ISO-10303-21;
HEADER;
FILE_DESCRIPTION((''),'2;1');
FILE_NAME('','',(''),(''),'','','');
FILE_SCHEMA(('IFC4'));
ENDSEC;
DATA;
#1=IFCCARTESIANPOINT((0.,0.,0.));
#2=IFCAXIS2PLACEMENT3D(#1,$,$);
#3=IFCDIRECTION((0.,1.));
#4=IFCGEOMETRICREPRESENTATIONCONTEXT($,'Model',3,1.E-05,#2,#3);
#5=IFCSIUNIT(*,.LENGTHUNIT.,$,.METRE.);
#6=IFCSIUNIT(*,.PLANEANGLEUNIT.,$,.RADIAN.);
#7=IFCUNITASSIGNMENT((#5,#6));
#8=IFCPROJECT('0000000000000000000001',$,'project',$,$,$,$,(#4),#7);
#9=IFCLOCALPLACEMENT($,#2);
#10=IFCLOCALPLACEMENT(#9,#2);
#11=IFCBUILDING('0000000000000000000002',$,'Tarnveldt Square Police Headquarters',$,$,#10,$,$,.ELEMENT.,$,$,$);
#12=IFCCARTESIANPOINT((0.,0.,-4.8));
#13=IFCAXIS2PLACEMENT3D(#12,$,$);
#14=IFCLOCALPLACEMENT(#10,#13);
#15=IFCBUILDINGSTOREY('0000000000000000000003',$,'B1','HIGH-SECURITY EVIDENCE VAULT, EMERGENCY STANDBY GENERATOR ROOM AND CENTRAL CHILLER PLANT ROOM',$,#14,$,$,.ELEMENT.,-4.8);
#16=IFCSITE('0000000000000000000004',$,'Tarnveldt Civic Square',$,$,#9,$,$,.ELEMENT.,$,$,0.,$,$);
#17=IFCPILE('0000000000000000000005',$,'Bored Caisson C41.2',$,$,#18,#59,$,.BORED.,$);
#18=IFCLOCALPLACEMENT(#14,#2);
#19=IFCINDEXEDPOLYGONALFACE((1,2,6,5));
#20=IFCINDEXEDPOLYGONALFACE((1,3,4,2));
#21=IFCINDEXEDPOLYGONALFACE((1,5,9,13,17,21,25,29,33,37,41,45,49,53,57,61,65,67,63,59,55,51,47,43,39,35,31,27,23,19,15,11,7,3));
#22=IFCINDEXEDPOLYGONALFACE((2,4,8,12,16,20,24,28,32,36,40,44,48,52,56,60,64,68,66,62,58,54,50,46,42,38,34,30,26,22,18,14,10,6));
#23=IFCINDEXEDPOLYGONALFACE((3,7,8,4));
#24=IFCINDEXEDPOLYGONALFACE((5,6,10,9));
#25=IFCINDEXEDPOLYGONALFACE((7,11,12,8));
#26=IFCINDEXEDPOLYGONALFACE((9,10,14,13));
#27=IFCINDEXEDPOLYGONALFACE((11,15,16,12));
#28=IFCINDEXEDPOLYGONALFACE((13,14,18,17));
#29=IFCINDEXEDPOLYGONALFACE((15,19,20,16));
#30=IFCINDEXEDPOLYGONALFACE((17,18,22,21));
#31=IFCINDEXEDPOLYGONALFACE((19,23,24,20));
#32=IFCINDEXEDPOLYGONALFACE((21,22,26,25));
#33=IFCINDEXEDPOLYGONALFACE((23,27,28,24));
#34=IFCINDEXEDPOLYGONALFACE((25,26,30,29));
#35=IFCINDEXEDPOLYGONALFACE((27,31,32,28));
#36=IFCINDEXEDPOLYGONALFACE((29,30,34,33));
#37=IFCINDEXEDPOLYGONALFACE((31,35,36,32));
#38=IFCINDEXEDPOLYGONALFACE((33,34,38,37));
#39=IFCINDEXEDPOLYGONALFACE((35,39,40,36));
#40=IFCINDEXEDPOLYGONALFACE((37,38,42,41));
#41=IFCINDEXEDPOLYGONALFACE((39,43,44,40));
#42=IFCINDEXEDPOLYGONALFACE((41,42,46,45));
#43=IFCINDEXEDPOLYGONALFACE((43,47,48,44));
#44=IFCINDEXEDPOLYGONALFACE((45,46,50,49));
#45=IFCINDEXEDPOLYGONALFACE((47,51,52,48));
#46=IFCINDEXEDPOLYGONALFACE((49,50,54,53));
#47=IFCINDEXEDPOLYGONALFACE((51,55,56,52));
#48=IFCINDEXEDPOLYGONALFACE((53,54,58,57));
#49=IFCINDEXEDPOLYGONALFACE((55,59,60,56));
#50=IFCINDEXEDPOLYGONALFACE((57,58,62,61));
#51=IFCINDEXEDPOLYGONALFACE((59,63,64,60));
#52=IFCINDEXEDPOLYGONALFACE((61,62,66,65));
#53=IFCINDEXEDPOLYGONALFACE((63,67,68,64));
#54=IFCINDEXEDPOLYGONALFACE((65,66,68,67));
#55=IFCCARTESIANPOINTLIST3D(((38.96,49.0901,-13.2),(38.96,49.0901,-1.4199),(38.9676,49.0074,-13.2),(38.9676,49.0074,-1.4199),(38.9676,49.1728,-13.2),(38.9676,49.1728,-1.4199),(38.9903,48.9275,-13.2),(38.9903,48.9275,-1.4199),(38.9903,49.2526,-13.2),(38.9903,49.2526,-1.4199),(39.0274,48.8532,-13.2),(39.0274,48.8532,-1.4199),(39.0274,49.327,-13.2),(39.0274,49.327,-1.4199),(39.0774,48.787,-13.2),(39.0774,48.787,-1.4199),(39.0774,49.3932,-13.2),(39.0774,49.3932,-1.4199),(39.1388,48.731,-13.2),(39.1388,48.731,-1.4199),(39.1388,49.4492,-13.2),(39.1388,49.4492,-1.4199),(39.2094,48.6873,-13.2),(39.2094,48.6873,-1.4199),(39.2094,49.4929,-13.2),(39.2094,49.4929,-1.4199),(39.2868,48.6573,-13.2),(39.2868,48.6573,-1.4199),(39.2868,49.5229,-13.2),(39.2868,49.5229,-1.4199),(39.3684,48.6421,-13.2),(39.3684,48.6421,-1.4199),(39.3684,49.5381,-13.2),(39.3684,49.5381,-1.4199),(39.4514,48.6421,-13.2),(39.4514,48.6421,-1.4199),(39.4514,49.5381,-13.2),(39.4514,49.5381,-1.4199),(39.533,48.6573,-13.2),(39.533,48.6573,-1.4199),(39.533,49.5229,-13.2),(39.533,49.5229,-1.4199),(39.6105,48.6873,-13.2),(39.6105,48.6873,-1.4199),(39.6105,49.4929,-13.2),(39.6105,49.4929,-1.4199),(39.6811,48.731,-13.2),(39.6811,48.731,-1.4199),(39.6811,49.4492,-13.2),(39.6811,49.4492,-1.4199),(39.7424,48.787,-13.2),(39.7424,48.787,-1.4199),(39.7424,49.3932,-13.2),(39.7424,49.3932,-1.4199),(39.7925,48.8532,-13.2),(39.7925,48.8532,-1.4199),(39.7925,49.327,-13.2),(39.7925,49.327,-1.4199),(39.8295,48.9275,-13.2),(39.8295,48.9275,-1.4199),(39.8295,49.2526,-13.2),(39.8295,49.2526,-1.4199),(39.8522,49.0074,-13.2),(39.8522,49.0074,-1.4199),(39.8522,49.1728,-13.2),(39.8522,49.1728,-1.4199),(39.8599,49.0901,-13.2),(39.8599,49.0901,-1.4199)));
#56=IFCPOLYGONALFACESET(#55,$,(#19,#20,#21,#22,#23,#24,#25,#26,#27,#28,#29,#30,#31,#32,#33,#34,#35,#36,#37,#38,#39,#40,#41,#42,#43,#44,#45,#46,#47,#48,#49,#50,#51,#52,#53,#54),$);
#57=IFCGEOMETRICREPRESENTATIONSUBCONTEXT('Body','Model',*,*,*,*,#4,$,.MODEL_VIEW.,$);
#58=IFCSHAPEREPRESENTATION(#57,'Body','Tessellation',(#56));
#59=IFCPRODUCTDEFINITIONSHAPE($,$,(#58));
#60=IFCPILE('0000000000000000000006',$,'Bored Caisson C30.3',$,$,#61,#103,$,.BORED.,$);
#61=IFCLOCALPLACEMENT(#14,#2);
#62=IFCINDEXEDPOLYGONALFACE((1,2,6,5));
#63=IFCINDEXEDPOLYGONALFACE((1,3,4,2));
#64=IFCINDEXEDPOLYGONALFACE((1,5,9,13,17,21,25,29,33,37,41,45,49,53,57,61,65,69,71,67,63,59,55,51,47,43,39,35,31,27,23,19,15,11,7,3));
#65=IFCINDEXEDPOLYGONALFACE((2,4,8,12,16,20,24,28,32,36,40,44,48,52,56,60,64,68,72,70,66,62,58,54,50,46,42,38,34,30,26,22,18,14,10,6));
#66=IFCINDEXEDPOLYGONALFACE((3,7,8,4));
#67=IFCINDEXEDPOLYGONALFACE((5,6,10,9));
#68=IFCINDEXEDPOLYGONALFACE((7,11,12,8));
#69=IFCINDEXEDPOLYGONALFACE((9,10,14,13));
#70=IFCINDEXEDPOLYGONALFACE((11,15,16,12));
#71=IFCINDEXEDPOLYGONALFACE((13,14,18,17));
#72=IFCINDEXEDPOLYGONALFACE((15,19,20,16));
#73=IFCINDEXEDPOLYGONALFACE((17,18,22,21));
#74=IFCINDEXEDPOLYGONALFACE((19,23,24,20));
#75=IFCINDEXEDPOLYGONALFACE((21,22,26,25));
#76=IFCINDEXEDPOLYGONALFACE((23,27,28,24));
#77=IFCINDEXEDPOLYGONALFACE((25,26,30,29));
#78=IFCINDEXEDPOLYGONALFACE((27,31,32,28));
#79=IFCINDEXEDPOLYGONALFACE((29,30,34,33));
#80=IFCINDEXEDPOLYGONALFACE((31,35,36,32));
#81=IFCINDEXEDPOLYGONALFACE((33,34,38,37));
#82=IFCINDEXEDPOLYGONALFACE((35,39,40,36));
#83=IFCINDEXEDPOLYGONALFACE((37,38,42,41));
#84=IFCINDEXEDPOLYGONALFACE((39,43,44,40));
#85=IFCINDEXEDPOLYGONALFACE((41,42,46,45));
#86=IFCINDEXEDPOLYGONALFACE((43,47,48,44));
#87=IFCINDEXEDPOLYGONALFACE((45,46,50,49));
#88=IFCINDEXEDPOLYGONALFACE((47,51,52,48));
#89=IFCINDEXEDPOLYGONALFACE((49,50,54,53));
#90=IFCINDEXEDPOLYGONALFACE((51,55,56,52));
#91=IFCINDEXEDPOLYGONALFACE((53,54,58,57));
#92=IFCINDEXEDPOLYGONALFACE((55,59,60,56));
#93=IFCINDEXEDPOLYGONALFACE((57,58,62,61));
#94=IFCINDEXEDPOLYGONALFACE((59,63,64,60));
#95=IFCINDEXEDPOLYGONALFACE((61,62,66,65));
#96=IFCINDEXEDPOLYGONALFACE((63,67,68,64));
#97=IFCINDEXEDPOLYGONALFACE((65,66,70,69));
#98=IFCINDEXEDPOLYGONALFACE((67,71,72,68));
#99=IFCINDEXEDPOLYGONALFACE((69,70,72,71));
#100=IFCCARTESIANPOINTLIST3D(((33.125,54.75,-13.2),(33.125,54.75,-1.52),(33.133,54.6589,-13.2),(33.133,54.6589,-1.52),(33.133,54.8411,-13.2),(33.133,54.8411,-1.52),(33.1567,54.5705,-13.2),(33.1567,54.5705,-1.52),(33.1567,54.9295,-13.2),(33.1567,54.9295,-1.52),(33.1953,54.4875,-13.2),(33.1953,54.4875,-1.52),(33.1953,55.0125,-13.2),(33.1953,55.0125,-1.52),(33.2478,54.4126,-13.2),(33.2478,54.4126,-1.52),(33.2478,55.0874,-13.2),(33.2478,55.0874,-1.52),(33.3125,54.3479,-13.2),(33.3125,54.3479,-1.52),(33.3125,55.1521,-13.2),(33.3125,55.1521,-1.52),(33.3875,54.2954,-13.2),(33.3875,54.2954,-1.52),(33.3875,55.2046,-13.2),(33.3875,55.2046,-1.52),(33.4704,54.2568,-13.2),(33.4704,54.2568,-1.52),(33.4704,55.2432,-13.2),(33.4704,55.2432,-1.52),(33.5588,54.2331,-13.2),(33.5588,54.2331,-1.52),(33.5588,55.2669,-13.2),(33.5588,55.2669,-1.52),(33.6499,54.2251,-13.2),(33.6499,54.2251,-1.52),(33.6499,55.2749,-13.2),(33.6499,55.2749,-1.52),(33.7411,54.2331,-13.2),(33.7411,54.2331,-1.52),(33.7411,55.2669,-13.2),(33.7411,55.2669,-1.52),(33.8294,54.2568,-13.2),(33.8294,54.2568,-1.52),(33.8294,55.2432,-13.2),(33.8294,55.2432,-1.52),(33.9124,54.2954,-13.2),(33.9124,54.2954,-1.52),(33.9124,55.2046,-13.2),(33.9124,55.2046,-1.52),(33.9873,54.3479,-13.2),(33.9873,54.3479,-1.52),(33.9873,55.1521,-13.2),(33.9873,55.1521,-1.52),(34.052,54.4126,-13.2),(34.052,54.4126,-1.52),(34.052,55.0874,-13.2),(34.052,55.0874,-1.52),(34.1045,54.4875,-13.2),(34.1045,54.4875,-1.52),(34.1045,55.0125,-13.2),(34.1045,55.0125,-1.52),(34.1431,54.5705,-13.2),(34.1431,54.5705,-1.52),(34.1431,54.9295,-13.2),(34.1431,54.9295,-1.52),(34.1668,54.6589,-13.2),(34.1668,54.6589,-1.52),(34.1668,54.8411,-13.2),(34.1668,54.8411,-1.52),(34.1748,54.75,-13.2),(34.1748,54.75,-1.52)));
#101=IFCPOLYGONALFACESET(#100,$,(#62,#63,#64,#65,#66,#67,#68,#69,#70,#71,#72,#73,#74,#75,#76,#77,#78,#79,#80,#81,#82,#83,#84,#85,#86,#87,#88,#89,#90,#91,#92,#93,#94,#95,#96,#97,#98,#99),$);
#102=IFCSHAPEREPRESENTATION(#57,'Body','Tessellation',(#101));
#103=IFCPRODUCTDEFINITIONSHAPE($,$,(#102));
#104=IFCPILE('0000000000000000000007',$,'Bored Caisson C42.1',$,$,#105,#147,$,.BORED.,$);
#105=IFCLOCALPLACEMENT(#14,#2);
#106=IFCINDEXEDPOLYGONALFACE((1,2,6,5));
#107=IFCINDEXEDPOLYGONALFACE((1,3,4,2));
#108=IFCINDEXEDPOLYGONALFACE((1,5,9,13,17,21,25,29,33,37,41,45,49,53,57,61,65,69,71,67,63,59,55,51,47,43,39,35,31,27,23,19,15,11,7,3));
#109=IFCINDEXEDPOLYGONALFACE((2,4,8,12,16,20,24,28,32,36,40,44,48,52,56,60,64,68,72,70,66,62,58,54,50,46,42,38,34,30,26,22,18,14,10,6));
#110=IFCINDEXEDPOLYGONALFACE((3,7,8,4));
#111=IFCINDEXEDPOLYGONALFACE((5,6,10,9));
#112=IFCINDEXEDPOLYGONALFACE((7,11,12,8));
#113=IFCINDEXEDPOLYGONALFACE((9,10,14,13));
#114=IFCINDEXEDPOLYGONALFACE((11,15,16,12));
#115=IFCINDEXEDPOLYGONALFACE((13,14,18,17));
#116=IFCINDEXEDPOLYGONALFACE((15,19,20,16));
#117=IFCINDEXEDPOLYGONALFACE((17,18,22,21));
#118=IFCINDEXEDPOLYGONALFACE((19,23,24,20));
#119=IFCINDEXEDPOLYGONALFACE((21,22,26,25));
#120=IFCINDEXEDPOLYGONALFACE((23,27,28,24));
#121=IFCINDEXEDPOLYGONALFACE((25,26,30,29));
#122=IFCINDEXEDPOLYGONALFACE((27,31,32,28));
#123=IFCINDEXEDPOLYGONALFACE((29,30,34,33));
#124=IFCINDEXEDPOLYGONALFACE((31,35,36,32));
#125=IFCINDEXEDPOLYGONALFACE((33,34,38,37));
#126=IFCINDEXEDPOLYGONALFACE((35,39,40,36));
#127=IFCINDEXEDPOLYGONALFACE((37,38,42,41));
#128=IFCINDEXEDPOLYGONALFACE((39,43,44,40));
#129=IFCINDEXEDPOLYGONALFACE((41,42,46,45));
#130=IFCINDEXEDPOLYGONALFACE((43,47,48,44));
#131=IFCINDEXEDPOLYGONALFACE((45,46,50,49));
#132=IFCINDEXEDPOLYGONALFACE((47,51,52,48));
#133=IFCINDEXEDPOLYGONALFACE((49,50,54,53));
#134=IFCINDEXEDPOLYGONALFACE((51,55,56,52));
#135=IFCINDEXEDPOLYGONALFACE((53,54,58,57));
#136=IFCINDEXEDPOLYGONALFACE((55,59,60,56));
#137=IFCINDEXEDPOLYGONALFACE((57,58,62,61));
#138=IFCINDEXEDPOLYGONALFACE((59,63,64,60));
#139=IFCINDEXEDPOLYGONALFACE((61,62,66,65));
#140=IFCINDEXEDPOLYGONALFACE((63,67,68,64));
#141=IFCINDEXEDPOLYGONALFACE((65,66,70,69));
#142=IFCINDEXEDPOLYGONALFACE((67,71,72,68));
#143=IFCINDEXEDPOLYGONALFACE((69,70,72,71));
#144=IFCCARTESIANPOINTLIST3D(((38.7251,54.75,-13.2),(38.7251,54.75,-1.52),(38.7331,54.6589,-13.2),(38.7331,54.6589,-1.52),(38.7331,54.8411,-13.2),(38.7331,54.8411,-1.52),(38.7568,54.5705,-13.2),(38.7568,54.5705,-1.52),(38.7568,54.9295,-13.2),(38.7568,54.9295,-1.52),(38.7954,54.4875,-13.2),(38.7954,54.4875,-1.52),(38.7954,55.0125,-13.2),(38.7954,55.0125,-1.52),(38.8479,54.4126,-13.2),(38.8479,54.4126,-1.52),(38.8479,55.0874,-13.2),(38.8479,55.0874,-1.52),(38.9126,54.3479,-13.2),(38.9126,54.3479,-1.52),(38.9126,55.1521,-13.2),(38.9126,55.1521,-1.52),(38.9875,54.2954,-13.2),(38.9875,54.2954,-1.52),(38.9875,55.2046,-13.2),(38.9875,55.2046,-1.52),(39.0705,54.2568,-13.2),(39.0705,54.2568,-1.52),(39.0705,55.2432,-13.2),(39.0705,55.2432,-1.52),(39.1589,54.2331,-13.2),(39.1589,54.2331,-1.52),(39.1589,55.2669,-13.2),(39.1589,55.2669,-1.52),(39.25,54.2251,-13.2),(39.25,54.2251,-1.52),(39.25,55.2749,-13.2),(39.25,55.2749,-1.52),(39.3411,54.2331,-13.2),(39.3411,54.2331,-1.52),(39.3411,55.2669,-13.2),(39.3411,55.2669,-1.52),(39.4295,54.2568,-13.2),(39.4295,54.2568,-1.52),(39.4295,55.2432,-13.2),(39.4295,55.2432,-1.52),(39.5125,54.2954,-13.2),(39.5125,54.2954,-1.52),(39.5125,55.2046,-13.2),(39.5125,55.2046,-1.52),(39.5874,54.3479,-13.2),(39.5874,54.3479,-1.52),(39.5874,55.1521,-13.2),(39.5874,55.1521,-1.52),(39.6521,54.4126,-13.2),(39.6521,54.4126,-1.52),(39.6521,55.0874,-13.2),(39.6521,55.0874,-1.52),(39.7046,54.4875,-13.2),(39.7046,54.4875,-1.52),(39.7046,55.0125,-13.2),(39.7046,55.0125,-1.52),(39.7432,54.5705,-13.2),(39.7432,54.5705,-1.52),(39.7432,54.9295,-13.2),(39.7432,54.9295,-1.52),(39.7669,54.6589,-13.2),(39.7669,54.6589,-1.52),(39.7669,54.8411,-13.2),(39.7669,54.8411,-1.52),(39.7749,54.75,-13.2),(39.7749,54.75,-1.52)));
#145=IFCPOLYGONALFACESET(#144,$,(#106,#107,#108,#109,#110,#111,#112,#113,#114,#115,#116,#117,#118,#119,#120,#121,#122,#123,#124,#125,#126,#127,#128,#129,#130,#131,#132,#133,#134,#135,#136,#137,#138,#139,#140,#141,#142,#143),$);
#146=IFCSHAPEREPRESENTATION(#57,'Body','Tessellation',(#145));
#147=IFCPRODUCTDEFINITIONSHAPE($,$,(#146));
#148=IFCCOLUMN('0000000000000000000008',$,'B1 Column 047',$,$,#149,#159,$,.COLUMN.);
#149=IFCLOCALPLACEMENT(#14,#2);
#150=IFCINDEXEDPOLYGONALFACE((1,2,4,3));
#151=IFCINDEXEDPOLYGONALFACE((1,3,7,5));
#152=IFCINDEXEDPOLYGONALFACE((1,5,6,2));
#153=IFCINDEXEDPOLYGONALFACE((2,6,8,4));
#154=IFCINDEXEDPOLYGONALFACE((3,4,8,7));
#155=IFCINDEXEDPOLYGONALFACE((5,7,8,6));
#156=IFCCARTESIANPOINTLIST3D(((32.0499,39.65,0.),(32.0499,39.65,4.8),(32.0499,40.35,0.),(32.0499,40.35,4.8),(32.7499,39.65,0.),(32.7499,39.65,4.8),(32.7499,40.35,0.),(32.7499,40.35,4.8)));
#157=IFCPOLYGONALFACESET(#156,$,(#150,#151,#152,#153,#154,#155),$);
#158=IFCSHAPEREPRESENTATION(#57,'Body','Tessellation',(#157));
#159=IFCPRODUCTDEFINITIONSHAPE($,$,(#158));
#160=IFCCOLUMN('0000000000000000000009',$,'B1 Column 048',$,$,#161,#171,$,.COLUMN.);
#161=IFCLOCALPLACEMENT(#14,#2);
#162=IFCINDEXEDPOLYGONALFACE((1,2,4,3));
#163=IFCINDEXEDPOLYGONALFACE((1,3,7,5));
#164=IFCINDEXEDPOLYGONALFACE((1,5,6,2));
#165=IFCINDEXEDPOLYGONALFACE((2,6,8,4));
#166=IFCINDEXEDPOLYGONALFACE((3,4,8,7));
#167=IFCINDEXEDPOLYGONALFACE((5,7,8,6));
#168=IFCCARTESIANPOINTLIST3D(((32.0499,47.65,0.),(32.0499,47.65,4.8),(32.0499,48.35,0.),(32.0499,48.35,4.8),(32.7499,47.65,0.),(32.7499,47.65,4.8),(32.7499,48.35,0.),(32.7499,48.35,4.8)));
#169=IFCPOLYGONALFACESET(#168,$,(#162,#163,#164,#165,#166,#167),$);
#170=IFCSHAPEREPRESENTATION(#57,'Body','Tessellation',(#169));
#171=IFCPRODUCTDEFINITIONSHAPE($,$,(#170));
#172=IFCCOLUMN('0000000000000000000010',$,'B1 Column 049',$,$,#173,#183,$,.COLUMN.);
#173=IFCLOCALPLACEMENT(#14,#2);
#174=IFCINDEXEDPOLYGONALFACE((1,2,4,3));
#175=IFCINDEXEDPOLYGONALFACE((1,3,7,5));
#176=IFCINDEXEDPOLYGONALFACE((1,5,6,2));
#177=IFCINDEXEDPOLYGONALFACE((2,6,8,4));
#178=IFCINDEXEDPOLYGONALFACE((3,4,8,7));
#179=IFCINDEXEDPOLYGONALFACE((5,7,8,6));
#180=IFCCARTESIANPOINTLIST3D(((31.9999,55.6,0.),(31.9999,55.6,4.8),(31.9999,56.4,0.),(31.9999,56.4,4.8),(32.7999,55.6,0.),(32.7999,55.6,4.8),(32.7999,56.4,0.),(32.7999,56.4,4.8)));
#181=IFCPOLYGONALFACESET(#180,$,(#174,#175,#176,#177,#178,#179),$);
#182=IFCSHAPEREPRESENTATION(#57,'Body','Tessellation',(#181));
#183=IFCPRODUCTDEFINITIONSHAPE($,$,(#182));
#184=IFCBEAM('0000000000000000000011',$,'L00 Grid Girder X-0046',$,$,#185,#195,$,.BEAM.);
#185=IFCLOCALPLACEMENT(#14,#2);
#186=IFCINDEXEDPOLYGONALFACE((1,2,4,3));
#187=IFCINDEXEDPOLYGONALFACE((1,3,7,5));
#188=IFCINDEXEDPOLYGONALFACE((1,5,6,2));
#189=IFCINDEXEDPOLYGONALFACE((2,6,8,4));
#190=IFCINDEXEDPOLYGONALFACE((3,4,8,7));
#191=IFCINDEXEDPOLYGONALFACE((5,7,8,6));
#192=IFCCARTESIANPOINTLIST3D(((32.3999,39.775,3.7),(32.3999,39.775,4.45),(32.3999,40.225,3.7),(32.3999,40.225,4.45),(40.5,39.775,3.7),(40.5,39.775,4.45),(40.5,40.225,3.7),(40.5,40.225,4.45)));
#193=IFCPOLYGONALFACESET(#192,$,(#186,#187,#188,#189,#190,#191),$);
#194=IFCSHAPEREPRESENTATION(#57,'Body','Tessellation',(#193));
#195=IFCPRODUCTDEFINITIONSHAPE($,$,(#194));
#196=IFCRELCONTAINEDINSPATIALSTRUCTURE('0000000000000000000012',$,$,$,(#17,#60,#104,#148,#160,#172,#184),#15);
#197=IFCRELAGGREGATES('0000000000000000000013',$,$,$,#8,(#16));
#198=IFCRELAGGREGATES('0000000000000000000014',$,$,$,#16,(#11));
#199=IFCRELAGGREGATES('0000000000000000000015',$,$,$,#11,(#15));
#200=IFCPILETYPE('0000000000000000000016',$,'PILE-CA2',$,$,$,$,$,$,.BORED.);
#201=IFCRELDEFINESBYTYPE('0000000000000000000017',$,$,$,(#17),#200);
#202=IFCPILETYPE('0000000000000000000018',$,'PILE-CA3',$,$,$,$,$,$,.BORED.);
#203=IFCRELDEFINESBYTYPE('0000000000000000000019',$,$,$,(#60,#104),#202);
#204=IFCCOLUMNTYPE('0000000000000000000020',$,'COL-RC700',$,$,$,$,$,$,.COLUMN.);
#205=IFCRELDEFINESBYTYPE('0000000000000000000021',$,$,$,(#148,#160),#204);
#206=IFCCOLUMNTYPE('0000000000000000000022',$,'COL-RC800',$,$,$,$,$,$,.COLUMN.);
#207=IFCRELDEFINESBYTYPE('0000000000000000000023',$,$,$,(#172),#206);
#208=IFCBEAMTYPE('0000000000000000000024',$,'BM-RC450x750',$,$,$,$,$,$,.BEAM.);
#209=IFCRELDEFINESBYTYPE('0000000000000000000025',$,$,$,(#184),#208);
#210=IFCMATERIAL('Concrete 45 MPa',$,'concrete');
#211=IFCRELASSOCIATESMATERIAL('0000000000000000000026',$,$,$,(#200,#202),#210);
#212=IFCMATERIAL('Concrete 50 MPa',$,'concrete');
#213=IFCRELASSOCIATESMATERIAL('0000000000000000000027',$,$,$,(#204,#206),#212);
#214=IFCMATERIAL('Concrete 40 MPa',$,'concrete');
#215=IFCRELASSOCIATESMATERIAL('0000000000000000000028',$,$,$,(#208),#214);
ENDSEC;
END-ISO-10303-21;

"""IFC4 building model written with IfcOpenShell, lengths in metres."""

from ifc_helpers import new_model, si_unit, direction, frame, origin, origin_2d, place, context, subcontext, project, spatial, rectangle, circle, extrude, material, material_profile, profile_set, type_object, element, save


model = new_model("IFC4")

# Units and contexts
model_context = context("Model", 3, precision=1e-05, world=origin(), true_north=direction((0.0, 1.0)))
body_context = subcontext(model_context, "Body", "Model", "MODEL_VIEW")
ifc_project = project(units=[si_unit("LENGTHUNIT", "METRE"), si_unit("PLANEANGLEUNIT", "RADIAN")], contexts=[model_context])

# Site, building, storey
site_placement = place(None, origin())
site = spatial("IfcSite", under=ifc_project, at=site_placement, Name="Tarnveldt Civic Square", CompositionType="ELEMENT", RefElevation=0.0)
building_placement = place(site_placement, origin())
building = spatial("IfcBuilding", under=site, at=building_placement, Name="Tarnveldt Square Police Headquarters", CompositionType="ELEMENT")
storey_placement = place(building_placement, frame((0.0, 0.0, -4.8)))
storey = spatial("IfcBuildingStorey", under=building, at=storey_placement, Name="B1", Description="HIGH-SECURITY EVIDENCE VAULT, EMERGENCY STANDBY GENERATOR ROOM AND CENTRAL CHILLER PLANT ROOM", CompositionType="ELEMENT", Elevation=-4.8)

# Shared definitions
ifc_material_1 = material(Name="Concrete 45 MPa", Category="concrete")

# Piles
ifc_material_profile_1 = material_profile(ifc_material_1, circle(Radius=0.45, at=origin_2d()), Name="CAISSON-D900")
ifc_profile_set_1 = profile_set([ifc_material_profile_1], Name="Concrete 45 MPa")
pile_type_1 = type_object("IfcPileType", Name="PILE-CA2", PredefinedType="BORED", material=ifc_profile_set_1)
for number, where, z_axis, x_axis, name in (
    (1, (39.4099, 49.0901, -1.4199), (0.0, 0.0, -1.0), (1.0, 0.0, 0.0), "Bored Caisson C41.2"),
):
    element("IfcPile", number, at=place(storey_placement, frame(where, z_axis=z_axis, x_axis=x_axis)), inside=storey, type_object=pile_type_1, Name=name, PredefinedType="BORED", context=body_context, shape_type="SweptSolid", body=[
        extrude(circle(Radius=0.45, at=origin_2d()), origin(), (0.0, 0.0, 1.0), 11.78),
    ])
ifc_material_profile_2 = material_profile(ifc_material_1, circle(Radius=0.5249, at=origin_2d()), Name="CAISSON-D1050")
ifc_profile_set_2 = profile_set([ifc_material_profile_2], Name="Concrete 45 MPa")
pile_type_2 = type_object("IfcPileType", Name="PILE-CA3", PredefinedType="BORED", material=ifc_profile_set_2)
for number, where, z_axis, x_axis, name in (
    (2, (33.6499, 54.75, -1.52), (0.0, 0.0, -1.0), (1.0, 0.0, 0.0), "Bored Caisson C30.3"),
    (3, (39.25, 54.75, -1.52), (0.0, 0.0, -1.0), (1.0, 0.0, 0.0), "Bored Caisson C42.1"),
):
    element("IfcPile", number, at=place(storey_placement, frame(where, z_axis=z_axis, x_axis=x_axis)), inside=storey, type_object=pile_type_2, Name=name, PredefinedType="BORED", context=body_context, shape_type="SweptSolid", body=[
        extrude(circle(Radius=0.5249, at=origin_2d()), origin(), (0.0, 0.0, 1.0), 11.6799),
    ])

# Columns
ifc_material_2 = material(Name="Concrete 50 MPa", Category="concrete")
ifc_material_profile_3 = material_profile(ifc_material_2, rectangle(XDim=0.7, YDim=0.7, at=origin_2d()), Name="RC-C700x700")
ifc_profile_set_3 = profile_set([ifc_material_profile_3], Name="Concrete 50 MPa")
column_type_1 = type_object("IfcColumnType", Name="COL-RC700", PredefinedType="COLUMN", material=ifc_profile_set_3)
for number, where, z_axis, x_axis, name in (
    (4, (32.3999, 40.0, 0.0), (0.0, 0.0, 1.0), (1.0, 0.0, 0.0), "B1 Column 047"),
    (5, (32.3999, 48.0, 0.0), (0.0, 0.0, 1.0), (1.0, 0.0, 0.0), "B1 Column 048"),
):
    element("IfcColumn", number, at=place(storey_placement, frame(where, z_axis=z_axis, x_axis=x_axis)), inside=storey, type_object=column_type_1, Name=name, PredefinedType="COLUMN", context=body_context, shape_type="SweptSolid", body=[
        extrude(rectangle(XDim=0.7, YDim=0.7, at=origin_2d()), origin(), (0.0, 0.0, 1.0), 4.8),
    ])
ifc_material_profile_4 = material_profile(ifc_material_2, rectangle(XDim=0.8, YDim=0.8, at=origin_2d()), Name="RC-C800x800")
ifc_profile_set_4 = profile_set([ifc_material_profile_4], Name="Concrete 50 MPa")
column_type_2 = type_object("IfcColumnType", Name="COL-RC800", PredefinedType="COLUMN", material=ifc_profile_set_4)
column_placement = place(storey_placement, frame((32.3999, 56.0, 0.0), z_axis=(0.0, 0.0, 1.0), x_axis=(1.0, 0.0, 0.0)))
element("IfcColumn", 6, at=column_placement, inside=storey, type_object=column_type_2, Name="B1 Column 049", PredefinedType="COLUMN", context=body_context, shape_type="SweptSolid", body=[
    extrude(rectangle(XDim=0.8, YDim=0.8, at=origin_2d()), origin(), (0.0, 0.0, 1.0), 4.8),
])

# Beam
ifc_material_3 = material(Name="Concrete 40 MPa", Category="concrete")
ifc_material_profile_5 = material_profile(ifc_material_3, rectangle(XDim=0.45, YDim=0.75, at=origin_2d()), Name="RC-B450x750")
ifc_profile_set_5 = profile_set([ifc_material_profile_5], Name="Concrete 40 MPa")
beam_type_1 = type_object("IfcBeamType", Name="BM-RC450x750", PredefinedType="BEAM", material=ifc_profile_set_5)
for number, where, z_axis, x_axis, name in (
    (7, (32.3999, 40.0, 4.075), (1.0, 0.0, 0.0), (0.0, 1.0, 0.0), "L00 Grid Girder X-0046"),
):
    element("IfcBeam", number, at=place(storey_placement, frame(where, z_axis=z_axis, x_axis=x_axis)), inside=storey, type_object=beam_type_1, Name=name, PredefinedType="BEAM", context=body_context, shape_type="SweptSolid", body=[
        extrude(rectangle(XDim=0.45, YDim=0.75, at=origin_2d()), origin(), (0.0, 0.0, 1.0), 8.1001),
    ])

save(model, "model.ifc")
